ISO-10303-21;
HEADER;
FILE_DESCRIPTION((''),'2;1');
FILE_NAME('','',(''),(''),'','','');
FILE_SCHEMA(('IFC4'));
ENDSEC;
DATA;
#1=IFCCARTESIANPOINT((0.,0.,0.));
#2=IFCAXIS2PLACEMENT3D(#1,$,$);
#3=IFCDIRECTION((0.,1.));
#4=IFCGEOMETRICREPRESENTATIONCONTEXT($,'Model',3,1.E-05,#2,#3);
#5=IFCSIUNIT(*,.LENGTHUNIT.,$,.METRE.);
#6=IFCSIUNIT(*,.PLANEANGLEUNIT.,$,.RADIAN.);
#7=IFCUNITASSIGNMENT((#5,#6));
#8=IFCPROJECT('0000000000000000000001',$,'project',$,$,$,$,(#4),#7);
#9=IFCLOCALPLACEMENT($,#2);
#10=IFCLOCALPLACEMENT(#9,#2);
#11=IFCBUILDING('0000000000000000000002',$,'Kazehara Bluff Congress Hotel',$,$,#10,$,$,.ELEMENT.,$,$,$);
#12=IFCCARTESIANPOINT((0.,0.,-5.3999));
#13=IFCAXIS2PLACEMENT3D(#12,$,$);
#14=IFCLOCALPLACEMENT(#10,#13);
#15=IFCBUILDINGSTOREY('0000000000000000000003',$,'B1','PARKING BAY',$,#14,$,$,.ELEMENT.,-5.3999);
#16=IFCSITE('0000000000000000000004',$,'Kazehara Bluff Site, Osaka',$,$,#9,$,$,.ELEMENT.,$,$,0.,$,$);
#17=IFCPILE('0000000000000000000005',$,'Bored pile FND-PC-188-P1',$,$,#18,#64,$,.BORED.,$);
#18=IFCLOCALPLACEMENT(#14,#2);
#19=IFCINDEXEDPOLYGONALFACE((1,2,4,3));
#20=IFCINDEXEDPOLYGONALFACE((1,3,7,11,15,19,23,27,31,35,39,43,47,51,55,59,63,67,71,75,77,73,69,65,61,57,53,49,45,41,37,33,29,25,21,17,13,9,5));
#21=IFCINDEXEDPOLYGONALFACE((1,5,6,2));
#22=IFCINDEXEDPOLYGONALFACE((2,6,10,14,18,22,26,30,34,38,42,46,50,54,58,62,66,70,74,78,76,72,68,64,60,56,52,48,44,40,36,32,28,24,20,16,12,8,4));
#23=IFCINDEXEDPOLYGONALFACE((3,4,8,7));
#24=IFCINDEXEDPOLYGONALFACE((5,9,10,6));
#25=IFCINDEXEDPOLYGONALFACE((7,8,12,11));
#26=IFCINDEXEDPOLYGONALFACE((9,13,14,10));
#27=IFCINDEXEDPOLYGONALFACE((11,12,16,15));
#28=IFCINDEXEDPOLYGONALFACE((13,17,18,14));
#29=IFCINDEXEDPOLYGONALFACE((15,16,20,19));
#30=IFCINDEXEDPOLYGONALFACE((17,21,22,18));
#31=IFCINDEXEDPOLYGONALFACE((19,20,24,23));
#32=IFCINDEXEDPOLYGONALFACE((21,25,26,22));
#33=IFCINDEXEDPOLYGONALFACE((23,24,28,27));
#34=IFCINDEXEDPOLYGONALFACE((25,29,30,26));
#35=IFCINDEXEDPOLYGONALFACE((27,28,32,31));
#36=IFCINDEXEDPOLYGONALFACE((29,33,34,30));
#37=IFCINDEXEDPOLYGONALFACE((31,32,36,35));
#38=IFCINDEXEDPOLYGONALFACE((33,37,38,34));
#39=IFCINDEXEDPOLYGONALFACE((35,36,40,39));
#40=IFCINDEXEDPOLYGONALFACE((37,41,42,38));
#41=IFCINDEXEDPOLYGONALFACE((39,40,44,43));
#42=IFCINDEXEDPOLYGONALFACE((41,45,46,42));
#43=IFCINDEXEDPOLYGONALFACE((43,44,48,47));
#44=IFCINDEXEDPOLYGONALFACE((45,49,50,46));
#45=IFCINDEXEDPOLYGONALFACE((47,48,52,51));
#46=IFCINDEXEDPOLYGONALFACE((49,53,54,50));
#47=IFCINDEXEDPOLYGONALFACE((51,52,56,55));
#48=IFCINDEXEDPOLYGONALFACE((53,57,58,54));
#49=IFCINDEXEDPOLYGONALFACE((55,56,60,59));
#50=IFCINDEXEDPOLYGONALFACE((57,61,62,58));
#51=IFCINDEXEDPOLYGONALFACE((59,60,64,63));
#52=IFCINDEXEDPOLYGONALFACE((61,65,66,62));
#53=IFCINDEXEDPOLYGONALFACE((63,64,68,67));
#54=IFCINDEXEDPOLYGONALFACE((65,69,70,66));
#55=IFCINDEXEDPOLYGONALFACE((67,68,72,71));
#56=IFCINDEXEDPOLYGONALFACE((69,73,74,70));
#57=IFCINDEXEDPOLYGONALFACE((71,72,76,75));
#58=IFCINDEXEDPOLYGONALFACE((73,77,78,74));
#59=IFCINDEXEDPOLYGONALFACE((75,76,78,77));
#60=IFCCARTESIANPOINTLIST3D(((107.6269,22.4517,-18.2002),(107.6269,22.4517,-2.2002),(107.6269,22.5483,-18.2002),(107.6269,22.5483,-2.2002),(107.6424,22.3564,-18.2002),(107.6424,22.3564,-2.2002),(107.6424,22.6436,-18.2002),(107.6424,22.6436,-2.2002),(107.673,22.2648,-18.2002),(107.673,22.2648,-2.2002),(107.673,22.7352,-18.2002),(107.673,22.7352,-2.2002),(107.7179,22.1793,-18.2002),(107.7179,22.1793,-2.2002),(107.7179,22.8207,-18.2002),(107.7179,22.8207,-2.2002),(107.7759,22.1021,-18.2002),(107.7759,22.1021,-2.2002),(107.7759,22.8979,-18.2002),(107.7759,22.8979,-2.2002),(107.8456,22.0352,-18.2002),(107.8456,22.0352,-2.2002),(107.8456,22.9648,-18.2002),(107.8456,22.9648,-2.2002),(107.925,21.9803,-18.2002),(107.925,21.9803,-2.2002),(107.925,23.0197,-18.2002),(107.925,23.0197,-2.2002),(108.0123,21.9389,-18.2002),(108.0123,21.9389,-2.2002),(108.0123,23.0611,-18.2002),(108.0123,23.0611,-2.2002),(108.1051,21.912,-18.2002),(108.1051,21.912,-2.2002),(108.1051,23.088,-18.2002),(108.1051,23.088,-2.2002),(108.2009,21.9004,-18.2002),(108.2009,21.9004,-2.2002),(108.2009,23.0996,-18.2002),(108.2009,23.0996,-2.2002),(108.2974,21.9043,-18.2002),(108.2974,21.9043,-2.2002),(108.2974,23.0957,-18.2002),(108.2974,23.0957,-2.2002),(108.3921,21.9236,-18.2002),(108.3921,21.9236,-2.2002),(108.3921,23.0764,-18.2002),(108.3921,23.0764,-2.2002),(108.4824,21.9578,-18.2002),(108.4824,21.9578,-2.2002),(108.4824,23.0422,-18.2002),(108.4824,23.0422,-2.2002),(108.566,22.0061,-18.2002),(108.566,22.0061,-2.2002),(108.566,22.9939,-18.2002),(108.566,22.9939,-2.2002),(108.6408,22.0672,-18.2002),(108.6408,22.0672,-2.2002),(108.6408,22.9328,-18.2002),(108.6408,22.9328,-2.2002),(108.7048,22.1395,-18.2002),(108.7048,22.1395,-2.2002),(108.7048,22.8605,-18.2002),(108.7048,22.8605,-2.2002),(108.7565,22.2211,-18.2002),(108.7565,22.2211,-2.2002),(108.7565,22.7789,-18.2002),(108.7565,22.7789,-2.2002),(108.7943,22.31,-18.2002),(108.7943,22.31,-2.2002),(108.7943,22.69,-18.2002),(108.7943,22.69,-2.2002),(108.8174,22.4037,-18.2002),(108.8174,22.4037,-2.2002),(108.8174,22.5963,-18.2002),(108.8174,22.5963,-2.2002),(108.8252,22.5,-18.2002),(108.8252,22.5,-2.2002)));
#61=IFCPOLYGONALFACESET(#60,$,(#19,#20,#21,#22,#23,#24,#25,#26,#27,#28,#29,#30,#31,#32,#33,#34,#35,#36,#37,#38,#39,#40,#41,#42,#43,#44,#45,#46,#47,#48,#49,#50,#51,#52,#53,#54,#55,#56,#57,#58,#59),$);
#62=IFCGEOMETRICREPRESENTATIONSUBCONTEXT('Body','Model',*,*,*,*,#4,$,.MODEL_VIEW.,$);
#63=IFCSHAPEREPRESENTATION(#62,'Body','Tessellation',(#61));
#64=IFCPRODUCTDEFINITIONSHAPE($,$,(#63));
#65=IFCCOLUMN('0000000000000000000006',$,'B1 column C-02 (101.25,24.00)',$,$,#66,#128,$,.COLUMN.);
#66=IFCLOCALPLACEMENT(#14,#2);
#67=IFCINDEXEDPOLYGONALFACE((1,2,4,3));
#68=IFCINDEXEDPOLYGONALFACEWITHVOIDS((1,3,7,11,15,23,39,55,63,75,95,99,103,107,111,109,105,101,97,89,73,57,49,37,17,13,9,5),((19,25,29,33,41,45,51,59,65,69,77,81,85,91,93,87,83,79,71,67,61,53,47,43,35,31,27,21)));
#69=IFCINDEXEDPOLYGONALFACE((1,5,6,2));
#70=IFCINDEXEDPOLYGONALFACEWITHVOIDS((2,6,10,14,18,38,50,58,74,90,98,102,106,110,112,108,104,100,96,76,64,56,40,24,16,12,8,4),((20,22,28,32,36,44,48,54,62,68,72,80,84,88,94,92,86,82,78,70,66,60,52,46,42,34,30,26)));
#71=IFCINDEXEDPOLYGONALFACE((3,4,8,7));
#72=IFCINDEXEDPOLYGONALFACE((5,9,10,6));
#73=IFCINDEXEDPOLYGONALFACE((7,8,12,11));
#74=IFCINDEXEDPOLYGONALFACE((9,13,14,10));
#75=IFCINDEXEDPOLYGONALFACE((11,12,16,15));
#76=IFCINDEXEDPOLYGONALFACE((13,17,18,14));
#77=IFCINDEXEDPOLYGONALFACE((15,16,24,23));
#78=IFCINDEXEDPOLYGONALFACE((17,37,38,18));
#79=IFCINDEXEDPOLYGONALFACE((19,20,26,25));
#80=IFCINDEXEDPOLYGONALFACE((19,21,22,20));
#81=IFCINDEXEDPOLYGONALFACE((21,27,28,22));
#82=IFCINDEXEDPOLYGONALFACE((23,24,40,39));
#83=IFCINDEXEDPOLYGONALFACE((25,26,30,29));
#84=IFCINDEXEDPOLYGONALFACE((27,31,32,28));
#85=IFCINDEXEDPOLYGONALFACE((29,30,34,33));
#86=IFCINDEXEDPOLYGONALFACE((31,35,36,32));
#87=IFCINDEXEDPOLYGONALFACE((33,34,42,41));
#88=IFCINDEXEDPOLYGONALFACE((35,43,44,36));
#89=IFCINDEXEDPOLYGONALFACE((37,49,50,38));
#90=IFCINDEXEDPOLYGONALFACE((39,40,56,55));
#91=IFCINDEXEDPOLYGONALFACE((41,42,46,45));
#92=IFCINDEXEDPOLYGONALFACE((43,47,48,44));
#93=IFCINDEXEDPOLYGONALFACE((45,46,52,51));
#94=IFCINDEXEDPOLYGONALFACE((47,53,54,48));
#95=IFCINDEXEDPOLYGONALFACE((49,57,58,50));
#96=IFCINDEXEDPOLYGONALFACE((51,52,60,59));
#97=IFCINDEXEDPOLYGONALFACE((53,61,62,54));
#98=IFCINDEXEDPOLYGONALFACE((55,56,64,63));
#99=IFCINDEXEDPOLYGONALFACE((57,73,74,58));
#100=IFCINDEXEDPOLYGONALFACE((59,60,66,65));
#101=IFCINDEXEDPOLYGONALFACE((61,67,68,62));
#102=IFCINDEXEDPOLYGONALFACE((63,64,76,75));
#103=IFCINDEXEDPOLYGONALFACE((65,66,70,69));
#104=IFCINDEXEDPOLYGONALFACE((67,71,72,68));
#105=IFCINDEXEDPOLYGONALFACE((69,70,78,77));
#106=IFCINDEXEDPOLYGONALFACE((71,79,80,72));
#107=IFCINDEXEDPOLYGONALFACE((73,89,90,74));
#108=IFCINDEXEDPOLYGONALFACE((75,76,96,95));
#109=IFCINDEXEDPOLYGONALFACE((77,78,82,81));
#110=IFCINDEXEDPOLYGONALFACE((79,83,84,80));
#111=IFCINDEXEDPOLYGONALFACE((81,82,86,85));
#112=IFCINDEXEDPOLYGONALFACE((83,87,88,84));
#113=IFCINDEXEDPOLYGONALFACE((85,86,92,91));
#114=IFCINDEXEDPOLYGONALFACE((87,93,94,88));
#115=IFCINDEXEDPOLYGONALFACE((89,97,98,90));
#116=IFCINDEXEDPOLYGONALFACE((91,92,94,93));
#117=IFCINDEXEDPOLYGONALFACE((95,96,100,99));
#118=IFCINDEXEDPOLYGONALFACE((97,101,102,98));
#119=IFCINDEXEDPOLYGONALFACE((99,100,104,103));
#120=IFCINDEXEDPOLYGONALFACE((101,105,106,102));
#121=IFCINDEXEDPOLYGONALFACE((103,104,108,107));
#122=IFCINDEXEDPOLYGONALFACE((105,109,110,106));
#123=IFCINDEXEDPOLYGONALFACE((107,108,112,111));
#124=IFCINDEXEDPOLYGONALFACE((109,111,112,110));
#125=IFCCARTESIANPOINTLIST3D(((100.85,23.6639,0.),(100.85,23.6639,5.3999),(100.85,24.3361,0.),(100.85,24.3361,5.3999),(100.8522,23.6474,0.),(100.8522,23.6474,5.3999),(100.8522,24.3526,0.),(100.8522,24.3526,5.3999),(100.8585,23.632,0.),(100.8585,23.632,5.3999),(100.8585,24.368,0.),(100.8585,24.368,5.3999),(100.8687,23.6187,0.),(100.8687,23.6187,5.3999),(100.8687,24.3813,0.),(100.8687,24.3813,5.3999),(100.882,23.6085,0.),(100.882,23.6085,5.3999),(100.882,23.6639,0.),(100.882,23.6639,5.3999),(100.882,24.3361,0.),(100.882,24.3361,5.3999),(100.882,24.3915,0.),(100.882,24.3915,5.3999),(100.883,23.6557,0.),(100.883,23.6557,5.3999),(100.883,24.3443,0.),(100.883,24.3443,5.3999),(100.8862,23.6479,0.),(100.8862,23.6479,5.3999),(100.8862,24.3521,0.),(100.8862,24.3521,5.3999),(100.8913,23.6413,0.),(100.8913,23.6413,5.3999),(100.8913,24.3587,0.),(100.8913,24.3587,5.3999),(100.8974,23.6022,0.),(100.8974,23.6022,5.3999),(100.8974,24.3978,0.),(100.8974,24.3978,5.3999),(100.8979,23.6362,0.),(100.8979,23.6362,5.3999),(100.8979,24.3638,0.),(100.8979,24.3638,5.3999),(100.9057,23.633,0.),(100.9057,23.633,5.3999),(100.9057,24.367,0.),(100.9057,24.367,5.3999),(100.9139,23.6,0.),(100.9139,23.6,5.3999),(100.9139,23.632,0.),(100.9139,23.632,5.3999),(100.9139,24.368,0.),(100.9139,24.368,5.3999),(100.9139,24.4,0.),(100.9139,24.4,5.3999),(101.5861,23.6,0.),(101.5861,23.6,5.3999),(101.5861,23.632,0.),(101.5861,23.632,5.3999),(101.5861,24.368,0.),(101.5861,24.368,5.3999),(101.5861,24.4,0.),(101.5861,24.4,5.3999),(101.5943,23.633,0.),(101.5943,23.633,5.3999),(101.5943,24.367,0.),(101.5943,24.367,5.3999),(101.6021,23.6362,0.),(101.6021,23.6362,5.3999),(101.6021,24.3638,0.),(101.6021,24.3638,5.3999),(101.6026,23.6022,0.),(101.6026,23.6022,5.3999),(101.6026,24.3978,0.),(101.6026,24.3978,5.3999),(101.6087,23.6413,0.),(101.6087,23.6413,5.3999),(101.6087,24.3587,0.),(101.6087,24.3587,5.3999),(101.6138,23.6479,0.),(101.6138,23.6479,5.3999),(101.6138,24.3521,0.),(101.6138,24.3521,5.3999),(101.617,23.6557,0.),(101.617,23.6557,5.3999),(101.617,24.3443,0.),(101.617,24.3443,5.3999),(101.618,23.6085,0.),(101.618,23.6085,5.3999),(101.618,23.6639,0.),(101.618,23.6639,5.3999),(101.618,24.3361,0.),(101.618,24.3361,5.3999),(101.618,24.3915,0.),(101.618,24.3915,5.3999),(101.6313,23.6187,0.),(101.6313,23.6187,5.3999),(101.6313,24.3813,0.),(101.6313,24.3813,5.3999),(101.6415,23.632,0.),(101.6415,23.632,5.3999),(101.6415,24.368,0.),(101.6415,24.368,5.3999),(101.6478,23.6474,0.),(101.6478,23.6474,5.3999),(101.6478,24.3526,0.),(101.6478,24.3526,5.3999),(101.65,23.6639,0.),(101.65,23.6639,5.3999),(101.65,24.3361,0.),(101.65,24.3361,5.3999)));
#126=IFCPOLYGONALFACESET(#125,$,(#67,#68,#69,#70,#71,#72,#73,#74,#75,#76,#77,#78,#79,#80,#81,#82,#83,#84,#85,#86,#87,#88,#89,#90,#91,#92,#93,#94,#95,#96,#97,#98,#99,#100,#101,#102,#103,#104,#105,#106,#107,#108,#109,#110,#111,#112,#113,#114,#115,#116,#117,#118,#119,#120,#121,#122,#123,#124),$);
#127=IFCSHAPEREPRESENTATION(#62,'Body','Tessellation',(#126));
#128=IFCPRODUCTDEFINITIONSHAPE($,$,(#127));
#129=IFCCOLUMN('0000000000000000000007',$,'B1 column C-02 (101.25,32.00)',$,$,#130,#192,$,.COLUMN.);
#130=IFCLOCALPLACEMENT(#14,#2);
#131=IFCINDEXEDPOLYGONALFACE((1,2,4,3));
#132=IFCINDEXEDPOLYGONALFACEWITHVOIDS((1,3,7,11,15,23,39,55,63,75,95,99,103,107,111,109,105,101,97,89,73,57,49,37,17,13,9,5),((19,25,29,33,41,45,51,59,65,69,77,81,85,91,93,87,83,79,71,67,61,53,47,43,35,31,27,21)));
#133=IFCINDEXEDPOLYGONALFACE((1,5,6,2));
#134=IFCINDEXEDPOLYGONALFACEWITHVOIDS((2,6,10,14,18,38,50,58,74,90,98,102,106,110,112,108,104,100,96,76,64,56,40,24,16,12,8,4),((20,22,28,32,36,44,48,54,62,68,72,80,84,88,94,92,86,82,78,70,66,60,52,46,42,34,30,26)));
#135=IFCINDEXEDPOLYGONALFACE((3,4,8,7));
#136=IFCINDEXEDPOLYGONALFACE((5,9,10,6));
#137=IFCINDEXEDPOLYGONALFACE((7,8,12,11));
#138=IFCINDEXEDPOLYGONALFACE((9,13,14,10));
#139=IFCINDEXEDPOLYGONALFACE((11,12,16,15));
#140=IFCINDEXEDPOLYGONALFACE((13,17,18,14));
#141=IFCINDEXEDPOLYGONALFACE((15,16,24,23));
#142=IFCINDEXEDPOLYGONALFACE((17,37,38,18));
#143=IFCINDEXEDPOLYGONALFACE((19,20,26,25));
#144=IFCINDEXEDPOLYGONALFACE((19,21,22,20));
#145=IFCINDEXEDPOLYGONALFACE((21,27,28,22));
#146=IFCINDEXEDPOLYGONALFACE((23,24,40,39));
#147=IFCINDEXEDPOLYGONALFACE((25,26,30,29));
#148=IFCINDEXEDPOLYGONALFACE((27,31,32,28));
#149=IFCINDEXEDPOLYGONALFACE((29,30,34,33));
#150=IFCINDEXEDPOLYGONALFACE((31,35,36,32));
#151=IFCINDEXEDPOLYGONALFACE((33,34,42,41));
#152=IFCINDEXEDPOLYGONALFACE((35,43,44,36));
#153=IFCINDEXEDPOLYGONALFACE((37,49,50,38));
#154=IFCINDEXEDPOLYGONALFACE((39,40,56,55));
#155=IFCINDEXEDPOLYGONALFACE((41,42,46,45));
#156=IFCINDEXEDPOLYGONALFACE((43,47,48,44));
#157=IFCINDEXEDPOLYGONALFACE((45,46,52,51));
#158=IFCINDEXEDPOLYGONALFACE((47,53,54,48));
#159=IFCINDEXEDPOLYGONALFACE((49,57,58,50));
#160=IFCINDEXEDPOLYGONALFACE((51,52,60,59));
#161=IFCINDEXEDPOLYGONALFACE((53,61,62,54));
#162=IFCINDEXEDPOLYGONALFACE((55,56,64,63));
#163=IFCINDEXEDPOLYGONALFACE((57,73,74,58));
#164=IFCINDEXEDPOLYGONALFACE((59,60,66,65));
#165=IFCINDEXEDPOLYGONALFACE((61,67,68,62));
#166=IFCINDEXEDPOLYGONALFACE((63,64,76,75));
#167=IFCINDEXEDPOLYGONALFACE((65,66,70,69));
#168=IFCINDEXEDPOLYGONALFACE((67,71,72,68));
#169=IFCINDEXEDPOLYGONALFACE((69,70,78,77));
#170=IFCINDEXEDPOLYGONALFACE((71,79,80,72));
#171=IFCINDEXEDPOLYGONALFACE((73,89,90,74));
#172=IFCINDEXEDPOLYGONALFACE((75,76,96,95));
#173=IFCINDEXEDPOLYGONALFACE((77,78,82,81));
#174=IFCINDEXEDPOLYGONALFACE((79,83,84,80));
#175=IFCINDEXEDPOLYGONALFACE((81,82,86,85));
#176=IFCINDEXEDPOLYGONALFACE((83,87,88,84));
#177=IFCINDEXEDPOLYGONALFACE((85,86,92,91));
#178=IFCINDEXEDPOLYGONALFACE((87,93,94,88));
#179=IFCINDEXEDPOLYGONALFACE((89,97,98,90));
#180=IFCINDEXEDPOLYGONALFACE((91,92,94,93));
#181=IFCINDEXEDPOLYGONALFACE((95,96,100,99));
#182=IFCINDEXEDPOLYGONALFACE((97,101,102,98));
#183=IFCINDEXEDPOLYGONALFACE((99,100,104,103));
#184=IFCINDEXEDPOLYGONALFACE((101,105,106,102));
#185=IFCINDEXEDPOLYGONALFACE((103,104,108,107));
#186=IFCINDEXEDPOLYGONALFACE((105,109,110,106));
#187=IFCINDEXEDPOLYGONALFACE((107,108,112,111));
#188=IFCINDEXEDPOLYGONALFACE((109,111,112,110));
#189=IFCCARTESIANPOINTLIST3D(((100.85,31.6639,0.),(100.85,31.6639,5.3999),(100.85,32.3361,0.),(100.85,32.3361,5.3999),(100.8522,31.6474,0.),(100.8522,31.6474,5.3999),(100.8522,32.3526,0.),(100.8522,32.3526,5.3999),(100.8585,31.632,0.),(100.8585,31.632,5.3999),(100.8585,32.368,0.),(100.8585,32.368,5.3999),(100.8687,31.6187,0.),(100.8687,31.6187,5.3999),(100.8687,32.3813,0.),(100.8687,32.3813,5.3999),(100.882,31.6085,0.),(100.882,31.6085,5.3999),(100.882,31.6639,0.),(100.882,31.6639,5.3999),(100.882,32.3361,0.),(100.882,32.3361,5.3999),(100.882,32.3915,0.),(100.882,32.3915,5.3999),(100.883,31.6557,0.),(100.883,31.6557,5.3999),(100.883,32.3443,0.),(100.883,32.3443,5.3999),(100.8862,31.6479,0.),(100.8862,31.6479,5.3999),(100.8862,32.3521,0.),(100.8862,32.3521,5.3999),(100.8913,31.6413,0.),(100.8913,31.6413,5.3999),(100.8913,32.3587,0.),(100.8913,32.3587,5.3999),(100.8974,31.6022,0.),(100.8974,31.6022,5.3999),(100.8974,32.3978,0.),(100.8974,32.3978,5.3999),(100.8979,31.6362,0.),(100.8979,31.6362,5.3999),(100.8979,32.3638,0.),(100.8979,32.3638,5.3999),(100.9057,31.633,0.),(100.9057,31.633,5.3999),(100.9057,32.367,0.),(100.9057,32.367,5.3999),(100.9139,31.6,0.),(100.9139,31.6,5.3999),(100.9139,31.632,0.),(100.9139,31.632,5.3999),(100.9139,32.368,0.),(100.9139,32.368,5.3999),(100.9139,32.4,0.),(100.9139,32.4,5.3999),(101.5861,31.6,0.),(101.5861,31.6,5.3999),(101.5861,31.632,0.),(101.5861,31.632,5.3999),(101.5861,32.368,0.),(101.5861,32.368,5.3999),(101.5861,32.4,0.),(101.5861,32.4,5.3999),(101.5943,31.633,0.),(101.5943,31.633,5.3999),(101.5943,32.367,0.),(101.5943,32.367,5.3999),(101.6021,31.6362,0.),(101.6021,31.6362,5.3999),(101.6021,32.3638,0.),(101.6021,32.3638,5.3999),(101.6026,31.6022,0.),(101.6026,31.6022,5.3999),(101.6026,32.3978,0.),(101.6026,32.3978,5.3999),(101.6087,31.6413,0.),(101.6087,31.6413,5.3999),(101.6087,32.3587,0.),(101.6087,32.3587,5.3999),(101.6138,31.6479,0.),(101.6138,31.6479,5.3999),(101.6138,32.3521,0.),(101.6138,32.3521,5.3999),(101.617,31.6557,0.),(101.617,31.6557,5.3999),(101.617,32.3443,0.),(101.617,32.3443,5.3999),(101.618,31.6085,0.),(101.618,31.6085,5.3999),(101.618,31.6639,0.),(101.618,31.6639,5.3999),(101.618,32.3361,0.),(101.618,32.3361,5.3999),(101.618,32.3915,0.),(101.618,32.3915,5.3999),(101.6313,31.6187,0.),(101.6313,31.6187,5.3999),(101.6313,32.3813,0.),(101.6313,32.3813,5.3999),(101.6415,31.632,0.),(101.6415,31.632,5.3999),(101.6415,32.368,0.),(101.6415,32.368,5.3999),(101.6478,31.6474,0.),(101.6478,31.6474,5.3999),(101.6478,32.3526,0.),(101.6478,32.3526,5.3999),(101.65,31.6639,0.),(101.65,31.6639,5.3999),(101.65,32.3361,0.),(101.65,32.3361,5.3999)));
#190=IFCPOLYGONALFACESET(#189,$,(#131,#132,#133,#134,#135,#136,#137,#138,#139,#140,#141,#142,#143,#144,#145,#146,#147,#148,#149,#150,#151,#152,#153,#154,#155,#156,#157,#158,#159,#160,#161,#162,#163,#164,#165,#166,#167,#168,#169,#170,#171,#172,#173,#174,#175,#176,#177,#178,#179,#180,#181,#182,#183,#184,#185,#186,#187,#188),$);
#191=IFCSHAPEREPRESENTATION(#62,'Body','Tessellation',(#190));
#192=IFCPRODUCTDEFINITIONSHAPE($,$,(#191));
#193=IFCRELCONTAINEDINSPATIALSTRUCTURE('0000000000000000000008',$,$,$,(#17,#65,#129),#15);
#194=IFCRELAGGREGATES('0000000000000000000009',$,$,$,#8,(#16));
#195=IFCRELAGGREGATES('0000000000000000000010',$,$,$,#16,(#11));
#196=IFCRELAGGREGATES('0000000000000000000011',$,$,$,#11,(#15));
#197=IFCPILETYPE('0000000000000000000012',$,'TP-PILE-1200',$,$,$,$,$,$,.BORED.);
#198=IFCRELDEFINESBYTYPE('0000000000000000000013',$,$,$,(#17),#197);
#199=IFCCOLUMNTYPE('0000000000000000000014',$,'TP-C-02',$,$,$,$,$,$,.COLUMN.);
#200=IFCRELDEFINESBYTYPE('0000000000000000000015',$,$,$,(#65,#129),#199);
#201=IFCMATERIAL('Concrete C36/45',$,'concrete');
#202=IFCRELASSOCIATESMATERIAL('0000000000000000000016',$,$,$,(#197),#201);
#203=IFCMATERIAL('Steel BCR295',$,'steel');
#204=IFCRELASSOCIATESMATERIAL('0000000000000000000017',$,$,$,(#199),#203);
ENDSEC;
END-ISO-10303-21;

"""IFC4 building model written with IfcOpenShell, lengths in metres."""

from ifc_helpers import new_model, si_unit, direction, frame, origin, origin_2d, place, context, subcontext, project, spatial, hollow_rectangle, circle, extrude, material, material_profile, profile_set, type_object, element, save


model = new_model("IFC4")

# Units and contexts
model_context = context("Model", 3, precision=1e-05, world=origin(), true_north=direction((0.0, 1.0)))
body_context = subcontext(model_context, "Body", "Model", "MODEL_VIEW")
ifc_project = project(units=[si_unit("LENGTHUNIT", "METRE"), si_unit("PLANEANGLEUNIT", "RADIAN")], contexts=[model_context])

# Site, building, storey
site_placement = place(None, origin())
site = spatial("IfcSite", under=ifc_project, at=site_placement, Name="Kazehara Bluff Site, Osaka", CompositionType="ELEMENT", RefElevation=0.0)
building_placement = place(site_placement, origin())
building = spatial("IfcBuilding", under=site, at=building_placement, Name="Kazehara Bluff Congress Hotel", CompositionType="ELEMENT")
storey_placement = place(building_placement, frame((0.0, 0.0, -5.3999)))
storey = spatial("IfcBuildingStorey", under=building, at=storey_placement, Name="B1", Description="PARKING BAY", CompositionType="ELEMENT", Elevation=-5.3999)

# Pile
ifc_material_1 = material(Name="Concrete C36/45", Category="concrete")
ifc_material_profile_1 = material_profile(ifc_material_1, circle(Radius=0.6001, at=origin_2d()))
ifc_profile_set_1 = profile_set([ifc_material_profile_1], Name="Concrete C36/45")
pile_type = type_object("IfcPileType", Name="TP-PILE-1200", PredefinedType="BORED", material=ifc_profile_set_1)
for number, where, z_axis, x_axis, name in (
    (1, (108.2251, 22.5, -2.2002), (0.0, 0.0, -1.0), (1.0, 0.0, 0.0), "Bored pile FND-PC-188-P1"),
):
    element("IfcPile", number, at=place(storey_placement, frame(where, z_axis=z_axis, x_axis=x_axis)), inside=storey, type_object=pile_type, Name=name, PredefinedType="BORED", context=body_context, shape_type="SweptSolid", body=[
        extrude(circle(Radius=0.6001, at=origin_2d()), origin(), (0.0, 0.0, 1.0), 16.0),
    ])

# Columns
ifc_material_2 = material(Name="Steel BCR295", Category="steel")
ifc_material_profile_2 = material_profile(ifc_material_2, hollow_rectangle(XDim=0.8, YDim=0.8, WallThickness=0.032, InnerFilletRadius=0.032, OuterFilletRadius=0.064, at=origin_2d()))
ifc_profile_set_2 = profile_set([ifc_material_profile_2], Name="Steel BCR295")
column_type = type_object("IfcColumnType", Name="TP-C-02", PredefinedType="COLUMN", material=ifc_profile_set_2)
for number, where, z_axis, x_axis, name in (
    (2, (101.25, 24.0, 0.0), (0.0, 0.0, 1.0), (1.0, 0.0, 0.0), "B1 column C-02 (101.25,24.00)"),
    (3, (101.25, 32.0, 0.0), (0.0, 0.0, 1.0), (1.0, 0.0, 0.0), "B1 column C-02 (101.25,32.00)"),
):
    element("IfcColumn", number, at=place(storey_placement, frame(where, z_axis=z_axis, x_axis=x_axis)), inside=storey, type_object=column_type, Name=name, PredefinedType="COLUMN", context=body_context, shape_type="SweptSolid", body=[
        extrude(hollow_rectangle(XDim=0.8, YDim=0.8, WallThickness=0.032, InnerFilletRadius=0.032, OuterFilletRadius=0.064, at=origin_2d()), origin(), (0.0, 0.0, 1.0), 5.3999),
    ])

save(model, "model.ifc")
